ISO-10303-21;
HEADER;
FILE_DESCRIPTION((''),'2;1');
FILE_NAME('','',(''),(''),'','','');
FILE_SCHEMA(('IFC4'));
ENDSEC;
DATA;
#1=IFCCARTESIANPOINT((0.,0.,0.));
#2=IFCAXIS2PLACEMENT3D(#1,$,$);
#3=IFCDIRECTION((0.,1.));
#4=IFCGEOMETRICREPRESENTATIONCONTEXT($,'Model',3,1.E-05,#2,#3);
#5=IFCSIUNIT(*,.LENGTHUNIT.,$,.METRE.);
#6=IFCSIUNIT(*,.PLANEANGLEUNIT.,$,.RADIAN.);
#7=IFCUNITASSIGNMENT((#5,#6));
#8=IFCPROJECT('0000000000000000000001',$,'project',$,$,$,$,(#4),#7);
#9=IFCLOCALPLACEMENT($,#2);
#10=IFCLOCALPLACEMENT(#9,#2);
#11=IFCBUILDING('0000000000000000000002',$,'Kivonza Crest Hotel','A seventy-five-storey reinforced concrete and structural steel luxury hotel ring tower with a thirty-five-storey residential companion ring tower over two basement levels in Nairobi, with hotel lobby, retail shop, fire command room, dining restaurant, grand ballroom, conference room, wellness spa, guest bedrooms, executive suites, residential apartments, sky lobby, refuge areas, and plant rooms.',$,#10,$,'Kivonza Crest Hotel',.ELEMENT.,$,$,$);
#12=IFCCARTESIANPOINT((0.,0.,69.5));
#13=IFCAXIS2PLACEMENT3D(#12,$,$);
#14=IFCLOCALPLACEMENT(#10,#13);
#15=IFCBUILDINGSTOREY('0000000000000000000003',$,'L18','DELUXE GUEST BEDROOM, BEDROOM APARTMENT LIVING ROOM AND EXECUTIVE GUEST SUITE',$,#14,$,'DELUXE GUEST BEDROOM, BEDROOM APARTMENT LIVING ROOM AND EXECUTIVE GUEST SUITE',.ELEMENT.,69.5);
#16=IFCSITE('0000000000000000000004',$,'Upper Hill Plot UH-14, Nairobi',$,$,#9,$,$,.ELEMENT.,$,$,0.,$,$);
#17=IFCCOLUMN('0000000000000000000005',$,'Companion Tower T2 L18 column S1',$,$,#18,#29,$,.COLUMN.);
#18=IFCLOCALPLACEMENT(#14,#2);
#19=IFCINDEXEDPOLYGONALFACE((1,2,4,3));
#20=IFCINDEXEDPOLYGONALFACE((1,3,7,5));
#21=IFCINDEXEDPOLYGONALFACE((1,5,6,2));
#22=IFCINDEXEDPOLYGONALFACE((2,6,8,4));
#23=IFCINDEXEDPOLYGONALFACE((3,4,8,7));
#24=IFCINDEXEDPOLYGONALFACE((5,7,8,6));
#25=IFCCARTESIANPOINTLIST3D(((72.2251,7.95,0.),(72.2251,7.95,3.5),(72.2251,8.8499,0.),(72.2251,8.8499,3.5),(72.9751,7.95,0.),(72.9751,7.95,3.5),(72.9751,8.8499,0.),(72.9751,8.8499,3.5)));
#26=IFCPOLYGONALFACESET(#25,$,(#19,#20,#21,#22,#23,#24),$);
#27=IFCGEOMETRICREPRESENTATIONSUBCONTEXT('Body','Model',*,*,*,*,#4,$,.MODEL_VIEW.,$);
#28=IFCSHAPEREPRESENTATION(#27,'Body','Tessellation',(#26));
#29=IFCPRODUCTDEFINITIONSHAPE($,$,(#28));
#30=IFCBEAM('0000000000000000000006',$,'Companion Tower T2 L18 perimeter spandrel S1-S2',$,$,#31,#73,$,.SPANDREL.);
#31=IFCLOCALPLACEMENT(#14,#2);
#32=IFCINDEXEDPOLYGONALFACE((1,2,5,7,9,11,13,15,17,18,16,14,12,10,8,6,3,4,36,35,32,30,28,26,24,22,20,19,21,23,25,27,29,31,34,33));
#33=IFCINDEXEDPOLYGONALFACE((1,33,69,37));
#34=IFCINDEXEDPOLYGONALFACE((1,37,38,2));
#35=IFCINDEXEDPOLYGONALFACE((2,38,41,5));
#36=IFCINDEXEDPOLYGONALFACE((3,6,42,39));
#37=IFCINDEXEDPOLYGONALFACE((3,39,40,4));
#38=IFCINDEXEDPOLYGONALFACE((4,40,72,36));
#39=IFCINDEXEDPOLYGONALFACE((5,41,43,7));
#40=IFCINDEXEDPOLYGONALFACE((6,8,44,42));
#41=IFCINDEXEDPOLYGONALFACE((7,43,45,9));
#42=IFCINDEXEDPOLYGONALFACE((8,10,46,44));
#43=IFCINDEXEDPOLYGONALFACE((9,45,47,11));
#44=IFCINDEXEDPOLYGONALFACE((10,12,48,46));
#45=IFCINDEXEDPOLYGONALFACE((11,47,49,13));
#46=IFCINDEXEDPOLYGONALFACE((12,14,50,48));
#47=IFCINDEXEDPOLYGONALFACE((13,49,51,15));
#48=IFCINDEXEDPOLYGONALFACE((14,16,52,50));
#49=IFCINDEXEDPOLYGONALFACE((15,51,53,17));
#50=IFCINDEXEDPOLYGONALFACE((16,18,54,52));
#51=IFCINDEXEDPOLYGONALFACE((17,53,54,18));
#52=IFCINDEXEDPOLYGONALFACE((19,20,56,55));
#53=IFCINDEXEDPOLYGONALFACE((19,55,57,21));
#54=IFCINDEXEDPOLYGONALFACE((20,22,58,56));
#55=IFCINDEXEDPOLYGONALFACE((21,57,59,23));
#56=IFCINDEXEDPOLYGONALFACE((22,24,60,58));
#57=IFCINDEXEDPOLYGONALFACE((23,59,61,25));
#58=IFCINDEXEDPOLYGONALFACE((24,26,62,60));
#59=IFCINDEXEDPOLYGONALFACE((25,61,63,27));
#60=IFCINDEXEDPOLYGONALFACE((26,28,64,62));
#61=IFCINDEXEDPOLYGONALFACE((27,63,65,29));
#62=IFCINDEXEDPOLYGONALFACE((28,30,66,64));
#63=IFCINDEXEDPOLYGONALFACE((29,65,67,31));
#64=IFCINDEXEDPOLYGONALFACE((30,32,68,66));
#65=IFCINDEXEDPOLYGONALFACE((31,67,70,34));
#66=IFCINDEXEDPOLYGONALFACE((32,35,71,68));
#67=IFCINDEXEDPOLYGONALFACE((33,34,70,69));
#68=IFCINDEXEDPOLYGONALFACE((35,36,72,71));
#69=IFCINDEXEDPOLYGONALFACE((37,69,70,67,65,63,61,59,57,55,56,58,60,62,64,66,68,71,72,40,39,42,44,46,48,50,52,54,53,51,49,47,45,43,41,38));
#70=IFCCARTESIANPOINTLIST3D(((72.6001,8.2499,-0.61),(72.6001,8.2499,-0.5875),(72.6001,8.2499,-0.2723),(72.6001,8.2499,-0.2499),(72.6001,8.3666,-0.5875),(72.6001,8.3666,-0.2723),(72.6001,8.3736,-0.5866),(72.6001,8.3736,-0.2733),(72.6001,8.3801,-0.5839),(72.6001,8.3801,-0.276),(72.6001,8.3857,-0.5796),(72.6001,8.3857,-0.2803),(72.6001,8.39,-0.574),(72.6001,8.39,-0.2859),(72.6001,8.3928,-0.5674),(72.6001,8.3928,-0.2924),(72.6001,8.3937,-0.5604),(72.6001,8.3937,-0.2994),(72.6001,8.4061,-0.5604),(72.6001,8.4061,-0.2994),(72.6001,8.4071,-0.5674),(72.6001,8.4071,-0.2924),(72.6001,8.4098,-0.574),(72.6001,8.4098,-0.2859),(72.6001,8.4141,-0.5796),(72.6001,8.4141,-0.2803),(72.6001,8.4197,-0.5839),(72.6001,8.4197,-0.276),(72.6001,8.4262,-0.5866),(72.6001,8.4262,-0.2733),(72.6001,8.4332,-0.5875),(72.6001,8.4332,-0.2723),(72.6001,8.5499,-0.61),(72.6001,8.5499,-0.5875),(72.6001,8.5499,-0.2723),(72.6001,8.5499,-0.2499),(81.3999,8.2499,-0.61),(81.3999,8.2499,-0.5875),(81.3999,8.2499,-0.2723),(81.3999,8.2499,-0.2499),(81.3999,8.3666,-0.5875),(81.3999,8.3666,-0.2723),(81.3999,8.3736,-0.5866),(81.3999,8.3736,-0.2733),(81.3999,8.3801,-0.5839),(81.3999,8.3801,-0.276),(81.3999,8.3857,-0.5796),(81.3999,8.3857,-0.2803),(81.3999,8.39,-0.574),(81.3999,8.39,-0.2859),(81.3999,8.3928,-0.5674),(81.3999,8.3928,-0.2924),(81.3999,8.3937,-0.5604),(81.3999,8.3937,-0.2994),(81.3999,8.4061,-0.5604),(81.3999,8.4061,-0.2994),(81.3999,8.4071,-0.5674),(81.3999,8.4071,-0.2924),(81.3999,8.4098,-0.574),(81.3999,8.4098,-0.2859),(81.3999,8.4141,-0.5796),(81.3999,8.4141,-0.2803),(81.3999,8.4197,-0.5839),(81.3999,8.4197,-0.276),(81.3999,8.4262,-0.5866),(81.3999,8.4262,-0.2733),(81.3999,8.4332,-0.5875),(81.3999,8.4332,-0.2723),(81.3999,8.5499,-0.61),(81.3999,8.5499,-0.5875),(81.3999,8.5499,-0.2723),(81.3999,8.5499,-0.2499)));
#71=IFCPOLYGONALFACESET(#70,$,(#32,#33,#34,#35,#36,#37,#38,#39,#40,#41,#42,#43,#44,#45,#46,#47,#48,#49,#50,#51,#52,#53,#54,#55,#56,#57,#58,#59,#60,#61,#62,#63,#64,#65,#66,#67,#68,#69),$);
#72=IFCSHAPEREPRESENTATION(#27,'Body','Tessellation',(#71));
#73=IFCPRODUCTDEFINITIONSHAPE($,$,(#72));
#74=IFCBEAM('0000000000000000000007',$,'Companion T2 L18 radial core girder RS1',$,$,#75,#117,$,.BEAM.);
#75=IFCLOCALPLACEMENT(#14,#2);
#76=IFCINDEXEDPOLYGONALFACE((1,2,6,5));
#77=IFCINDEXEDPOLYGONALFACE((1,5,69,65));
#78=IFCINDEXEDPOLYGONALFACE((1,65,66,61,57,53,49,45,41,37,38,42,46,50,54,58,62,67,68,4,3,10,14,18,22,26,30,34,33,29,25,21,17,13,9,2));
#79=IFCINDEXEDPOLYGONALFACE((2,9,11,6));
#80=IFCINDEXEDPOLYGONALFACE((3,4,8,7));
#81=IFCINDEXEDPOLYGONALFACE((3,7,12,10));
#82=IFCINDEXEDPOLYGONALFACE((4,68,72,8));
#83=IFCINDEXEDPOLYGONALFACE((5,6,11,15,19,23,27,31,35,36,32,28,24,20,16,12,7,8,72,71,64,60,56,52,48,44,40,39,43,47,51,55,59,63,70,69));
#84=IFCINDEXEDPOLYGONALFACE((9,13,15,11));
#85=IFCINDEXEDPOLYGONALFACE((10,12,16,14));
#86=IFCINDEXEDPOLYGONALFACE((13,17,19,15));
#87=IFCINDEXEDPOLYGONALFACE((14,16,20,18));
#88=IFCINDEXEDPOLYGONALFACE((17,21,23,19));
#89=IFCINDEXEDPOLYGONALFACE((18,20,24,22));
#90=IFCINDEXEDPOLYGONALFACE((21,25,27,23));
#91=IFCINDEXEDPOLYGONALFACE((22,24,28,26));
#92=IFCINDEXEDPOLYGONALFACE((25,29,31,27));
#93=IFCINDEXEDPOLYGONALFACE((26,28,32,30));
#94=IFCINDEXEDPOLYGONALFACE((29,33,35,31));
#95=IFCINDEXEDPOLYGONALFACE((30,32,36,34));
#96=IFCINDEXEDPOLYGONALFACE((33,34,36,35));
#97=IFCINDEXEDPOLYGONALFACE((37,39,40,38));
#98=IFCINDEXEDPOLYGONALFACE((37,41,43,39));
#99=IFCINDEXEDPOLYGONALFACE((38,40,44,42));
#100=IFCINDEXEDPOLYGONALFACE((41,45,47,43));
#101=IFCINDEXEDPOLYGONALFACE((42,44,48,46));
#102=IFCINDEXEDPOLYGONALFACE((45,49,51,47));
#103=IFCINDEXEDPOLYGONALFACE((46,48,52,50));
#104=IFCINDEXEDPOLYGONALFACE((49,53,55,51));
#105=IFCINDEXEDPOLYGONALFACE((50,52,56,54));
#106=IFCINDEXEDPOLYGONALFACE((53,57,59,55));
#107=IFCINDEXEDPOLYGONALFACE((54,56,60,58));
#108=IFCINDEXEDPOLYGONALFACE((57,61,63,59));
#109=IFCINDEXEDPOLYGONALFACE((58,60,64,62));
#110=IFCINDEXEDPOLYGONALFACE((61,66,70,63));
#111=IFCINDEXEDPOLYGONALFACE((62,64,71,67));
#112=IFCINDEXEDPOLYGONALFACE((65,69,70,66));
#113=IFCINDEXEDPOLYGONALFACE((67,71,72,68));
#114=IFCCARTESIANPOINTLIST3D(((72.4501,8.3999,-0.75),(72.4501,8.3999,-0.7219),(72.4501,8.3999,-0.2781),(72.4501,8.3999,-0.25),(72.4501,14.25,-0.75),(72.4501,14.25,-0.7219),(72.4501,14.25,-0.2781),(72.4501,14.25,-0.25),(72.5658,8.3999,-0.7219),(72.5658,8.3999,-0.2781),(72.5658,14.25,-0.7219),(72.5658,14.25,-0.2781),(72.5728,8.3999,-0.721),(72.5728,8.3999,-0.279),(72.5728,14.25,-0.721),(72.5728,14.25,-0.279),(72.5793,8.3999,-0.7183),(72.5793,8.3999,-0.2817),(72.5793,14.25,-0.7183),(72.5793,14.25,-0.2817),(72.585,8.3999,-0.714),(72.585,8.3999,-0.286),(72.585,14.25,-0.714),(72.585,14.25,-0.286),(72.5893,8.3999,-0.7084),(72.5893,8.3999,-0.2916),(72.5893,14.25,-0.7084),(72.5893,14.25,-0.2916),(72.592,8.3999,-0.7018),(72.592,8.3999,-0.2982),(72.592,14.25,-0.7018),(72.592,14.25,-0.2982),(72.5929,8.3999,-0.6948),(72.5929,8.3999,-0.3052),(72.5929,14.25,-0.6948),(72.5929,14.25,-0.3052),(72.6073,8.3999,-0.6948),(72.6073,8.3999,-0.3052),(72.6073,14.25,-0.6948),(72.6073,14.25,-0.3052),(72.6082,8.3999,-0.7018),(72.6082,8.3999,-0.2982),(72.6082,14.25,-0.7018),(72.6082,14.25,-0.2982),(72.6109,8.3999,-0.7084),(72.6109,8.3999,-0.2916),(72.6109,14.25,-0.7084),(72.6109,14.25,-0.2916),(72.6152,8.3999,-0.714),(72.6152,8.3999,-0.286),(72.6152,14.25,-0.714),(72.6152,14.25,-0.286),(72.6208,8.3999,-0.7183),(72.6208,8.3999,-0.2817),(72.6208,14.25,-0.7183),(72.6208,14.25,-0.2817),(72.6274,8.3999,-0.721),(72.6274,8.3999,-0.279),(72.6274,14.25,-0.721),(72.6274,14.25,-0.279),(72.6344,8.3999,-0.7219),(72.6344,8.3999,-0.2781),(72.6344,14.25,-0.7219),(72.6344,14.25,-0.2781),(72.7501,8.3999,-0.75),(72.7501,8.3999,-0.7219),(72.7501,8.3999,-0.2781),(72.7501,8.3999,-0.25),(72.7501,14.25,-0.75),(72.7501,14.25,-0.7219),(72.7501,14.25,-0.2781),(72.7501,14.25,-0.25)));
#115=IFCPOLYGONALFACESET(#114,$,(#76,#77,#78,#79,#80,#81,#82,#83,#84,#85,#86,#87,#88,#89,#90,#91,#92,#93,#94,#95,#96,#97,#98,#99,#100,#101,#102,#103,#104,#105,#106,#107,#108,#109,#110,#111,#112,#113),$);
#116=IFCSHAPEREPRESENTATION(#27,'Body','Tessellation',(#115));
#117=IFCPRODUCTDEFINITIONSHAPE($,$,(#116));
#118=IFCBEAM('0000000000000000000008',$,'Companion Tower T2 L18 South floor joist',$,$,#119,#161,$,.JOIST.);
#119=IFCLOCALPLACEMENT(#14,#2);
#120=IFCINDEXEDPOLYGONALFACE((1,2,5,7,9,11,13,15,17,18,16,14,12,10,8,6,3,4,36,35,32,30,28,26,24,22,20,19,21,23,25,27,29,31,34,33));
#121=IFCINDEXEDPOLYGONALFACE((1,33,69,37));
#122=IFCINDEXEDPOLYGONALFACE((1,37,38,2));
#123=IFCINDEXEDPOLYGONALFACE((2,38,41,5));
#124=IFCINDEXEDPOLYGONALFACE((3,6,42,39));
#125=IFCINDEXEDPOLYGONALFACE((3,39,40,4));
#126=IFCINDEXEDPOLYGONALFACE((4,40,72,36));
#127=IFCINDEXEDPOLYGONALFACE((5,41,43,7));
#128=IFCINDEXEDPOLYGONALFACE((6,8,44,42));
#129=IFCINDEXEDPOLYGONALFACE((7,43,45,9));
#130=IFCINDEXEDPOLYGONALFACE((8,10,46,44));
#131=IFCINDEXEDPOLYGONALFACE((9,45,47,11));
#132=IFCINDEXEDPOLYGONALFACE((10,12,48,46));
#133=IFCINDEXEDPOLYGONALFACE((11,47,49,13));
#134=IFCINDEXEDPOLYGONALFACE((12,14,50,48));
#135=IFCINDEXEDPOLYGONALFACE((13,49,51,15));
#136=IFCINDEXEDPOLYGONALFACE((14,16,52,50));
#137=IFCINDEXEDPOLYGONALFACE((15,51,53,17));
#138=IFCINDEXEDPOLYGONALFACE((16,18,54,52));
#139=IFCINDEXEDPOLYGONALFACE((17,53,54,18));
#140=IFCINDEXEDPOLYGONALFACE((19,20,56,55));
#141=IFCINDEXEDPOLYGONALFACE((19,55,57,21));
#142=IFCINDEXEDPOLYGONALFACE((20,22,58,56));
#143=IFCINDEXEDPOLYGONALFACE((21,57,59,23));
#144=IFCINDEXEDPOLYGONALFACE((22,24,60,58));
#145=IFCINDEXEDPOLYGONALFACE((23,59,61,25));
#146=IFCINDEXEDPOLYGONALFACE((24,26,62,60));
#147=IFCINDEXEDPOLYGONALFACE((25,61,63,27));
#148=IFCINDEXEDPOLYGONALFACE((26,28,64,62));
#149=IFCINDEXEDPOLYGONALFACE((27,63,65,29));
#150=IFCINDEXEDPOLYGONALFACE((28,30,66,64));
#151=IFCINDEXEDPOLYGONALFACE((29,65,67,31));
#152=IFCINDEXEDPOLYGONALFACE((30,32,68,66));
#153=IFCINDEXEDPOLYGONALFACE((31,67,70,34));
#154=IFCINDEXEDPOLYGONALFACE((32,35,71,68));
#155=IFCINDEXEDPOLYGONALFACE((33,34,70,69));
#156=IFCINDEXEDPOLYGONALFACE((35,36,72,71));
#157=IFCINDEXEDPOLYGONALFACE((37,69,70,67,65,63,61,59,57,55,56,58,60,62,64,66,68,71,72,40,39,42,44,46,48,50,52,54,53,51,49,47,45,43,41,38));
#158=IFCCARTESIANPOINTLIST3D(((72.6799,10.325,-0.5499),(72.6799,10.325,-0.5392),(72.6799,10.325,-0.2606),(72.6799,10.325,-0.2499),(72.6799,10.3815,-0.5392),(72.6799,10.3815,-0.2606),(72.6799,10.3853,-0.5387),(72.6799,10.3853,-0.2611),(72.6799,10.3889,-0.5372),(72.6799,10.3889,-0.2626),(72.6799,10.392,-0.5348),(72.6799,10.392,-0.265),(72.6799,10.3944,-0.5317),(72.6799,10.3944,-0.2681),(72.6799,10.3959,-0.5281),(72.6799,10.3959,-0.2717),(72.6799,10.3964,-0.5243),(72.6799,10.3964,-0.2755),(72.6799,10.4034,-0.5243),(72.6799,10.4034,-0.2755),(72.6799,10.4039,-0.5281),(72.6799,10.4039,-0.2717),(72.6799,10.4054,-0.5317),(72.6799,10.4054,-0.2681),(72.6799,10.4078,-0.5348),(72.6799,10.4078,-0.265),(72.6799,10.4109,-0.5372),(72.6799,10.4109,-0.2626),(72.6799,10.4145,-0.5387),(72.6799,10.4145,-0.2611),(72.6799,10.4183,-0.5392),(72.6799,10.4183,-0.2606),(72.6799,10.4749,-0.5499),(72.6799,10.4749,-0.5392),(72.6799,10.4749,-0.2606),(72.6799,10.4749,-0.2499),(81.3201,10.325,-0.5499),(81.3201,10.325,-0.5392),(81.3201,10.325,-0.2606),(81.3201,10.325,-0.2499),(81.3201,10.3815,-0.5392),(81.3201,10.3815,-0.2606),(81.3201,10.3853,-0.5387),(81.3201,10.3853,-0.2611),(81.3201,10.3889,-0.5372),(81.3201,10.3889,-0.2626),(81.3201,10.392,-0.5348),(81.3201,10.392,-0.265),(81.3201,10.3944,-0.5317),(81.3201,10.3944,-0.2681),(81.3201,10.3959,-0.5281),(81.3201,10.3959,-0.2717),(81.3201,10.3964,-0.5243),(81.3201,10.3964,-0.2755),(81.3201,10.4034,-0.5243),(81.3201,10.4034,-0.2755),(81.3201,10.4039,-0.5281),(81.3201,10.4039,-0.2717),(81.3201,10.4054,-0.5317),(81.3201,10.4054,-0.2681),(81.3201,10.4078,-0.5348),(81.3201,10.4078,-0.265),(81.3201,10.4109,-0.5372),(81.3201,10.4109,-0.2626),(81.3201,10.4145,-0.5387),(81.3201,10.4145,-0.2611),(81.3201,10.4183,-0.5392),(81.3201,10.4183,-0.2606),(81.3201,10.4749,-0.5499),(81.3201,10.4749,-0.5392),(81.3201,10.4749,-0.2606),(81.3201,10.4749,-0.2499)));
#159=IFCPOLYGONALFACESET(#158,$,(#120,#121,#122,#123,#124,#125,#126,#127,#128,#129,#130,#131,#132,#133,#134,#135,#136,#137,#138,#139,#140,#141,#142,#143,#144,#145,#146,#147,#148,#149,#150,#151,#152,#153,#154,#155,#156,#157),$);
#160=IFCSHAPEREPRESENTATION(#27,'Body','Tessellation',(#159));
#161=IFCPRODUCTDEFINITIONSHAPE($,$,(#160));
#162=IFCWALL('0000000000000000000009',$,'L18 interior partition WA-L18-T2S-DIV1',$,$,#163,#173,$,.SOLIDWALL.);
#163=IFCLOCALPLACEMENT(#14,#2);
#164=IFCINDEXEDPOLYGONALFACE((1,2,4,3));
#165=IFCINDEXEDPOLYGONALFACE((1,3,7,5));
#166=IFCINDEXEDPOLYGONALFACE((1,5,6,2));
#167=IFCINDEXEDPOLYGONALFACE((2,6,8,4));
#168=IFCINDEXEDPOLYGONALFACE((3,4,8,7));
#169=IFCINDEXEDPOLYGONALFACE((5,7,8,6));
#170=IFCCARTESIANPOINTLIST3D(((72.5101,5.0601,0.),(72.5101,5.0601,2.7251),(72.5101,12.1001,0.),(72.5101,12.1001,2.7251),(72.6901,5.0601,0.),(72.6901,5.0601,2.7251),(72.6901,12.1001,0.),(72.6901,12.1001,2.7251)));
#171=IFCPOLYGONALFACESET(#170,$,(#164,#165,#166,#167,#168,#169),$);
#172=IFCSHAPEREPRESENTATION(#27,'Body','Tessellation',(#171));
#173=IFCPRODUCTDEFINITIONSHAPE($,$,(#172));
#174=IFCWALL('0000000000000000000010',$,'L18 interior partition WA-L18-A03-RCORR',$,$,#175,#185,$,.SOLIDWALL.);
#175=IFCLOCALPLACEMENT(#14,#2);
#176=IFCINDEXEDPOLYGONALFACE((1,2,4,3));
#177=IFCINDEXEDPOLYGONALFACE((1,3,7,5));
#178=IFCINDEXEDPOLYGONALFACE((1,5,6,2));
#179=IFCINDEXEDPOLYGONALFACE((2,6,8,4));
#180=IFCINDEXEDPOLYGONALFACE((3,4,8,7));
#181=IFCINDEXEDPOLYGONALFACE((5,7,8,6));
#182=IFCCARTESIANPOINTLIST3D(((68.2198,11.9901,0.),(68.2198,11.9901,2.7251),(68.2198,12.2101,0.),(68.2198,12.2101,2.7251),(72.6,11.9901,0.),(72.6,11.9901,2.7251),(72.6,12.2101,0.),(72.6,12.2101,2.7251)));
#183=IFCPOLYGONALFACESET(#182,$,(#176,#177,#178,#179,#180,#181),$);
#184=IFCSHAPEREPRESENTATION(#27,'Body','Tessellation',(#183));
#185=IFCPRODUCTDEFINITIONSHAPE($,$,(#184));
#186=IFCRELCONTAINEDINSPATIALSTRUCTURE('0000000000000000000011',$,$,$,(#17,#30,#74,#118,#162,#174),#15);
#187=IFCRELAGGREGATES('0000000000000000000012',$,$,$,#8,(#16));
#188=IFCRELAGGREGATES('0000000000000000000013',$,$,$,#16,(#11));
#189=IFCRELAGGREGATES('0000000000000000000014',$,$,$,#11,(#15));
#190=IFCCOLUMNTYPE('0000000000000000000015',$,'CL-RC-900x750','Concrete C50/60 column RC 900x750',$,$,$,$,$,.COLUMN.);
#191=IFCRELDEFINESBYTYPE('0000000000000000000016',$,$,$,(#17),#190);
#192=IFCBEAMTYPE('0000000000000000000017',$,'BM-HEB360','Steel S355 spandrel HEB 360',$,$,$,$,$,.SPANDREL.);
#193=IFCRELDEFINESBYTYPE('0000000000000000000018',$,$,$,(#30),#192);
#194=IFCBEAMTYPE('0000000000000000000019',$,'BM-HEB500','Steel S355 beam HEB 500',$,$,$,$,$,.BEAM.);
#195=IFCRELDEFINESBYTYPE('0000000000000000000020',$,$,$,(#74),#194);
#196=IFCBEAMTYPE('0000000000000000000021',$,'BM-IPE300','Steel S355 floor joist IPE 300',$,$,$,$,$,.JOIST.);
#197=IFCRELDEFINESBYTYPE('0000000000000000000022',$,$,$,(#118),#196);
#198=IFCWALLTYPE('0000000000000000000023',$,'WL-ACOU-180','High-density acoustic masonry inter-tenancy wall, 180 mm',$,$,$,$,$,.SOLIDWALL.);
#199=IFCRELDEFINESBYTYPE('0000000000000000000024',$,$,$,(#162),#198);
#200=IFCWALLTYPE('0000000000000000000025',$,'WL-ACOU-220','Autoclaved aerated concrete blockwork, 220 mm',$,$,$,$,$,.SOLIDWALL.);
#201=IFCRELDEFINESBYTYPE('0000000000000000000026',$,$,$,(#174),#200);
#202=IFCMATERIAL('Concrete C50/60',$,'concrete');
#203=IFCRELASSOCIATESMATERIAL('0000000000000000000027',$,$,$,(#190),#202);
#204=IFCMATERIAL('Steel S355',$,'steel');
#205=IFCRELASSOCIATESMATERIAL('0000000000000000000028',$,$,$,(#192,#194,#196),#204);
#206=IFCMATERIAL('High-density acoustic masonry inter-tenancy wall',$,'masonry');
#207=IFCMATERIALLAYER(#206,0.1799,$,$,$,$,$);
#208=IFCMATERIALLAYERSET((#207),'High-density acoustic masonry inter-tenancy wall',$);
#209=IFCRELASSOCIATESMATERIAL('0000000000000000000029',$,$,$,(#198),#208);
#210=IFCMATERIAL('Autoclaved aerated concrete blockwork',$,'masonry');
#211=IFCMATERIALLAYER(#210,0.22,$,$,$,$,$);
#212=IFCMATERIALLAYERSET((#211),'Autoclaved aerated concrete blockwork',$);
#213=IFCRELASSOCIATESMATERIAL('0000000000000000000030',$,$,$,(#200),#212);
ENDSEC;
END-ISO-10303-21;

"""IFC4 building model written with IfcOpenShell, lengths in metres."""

from ifc_helpers import new_model, si_unit, direction, frame, frame_2d, origin, origin_2d, place, context, subcontext, project, spatial, rectangle, i_section, extrude, material, layer, layer_set, material_profile, profile_set, type_object, element, save


model = new_model("IFC4")

# Units and contexts
model_context = context("Model", 3, precision=1e-05, world=origin(), true_north=direction((0.0, 1.0)))
body_context = subcontext(model_context, "Body", "Model", "MODEL_VIEW")
ifc_project = project(units=[si_unit("LENGTHUNIT", "METRE"), si_unit("PLANEANGLEUNIT", "RADIAN")], contexts=[model_context])

# Site, building, storey
site_placement = place(None, origin())
site = spatial("IfcSite", under=ifc_project, at=site_placement, Name="Upper Hill Plot UH-14, Nairobi", CompositionType="ELEMENT", RefElevation=0.0)
building_placement = place(site_placement, origin())
building = spatial("IfcBuilding", under=site, at=building_placement, Name="Kivonza Crest Hotel", Description="A seventy-five-storey reinforced concrete and structural steel luxury hotel ring tower with a thirty-five-storey residential companion ring tower over two basement levels in Nairobi, with hotel lobby, retail shop, fire command room, dining restaurant, grand ballroom, conference room, wellness spa, guest bedrooms, executive suites, residential apartments, sky lobby, refuge areas, and plant rooms.", LongName="Kivonza Crest Hotel", CompositionType="ELEMENT")
storey_placement = place(building_placement, frame((0.0, 0.0, 69.5)))
storey = spatial("IfcBuildingStorey", under=building, at=storey_placement, Name="L18", Description="DELUXE GUEST BEDROOM, BEDROOM APARTMENT LIVING ROOM AND EXECUTIVE GUEST SUITE", LongName="DELUXE GUEST BEDROOM, BEDROOM APARTMENT LIVING ROOM AND EXECUTIVE GUEST SUITE", CompositionType="ELEMENT", Elevation=69.5)

# Column
ifc_material_1 = material(Name="Concrete C50/60", Category="concrete")
ifc_material_profile_1 = material_profile(ifc_material_1, rectangle(XDim=0.75, YDim=0.8999, at=origin_2d()), Name="RC 900x750")
ifc_profile_set_1 = profile_set([ifc_material_profile_1], Name="Concrete C50/60")
column_type = type_object("IfcColumnType", Name="CL-RC-900x750", Description="Concrete C50/60 column RC 900x750", PredefinedType="COLUMN", material=ifc_profile_set_1)
column_placement = place(storey_placement, frame((72.6001, 8.3999, 0.0), z_axis=(0.0, 0.0, 1.0), x_axis=(1.0, 0.0, 0.0)))
element("IfcColumn", 1, at=column_placement, inside=storey, type_object=column_type, Name="Companion Tower T2 L18 column S1", PredefinedType="COLUMN", context=body_context, shape_type="SweptSolid", body=[
    extrude(rectangle(XDim=0.75, YDim=0.8999, at=origin_2d()), origin(), (0.0, 0.0, 1.0), 3.5),
])

# Beams
ifc_material_2 = material(Name="Steel S355", Category="steel")
ifc_material_profile_2 = material_profile(ifc_material_2, i_section(OverallWidth=0.3, OverallDepth=0.3601, WebThickness=0.0125, FlangeThickness=0.0225, FilletRadius=0.0271, at=origin_2d()), Name="HEB 360")
ifc_profile_set_2 = profile_set([ifc_material_profile_2], Name="Steel S355")
beam_type_1 = type_object("IfcBeamType", Name="BM-HEB360", Description="Steel S355 spandrel HEB 360", PredefinedType="SPANDREL", material=ifc_profile_set_2)
beam_1_placement = place(storey_placement, frame((72.6001, 8.3999, -0.4299), z_axis=(1.0, 0.0, 0.0), x_axis=(0.0, 1.0, 0.0)))
element("IfcBeam", 2, at=beam_1_placement, inside=storey, type_object=beam_type_1, Name="Companion Tower T2 L18 perimeter spandrel S1-S2", PredefinedType="SPANDREL", context=body_context, shape_type="SweptSolid", body=[
    extrude(i_section(OverallWidth=0.3, OverallDepth=0.3601, WebThickness=0.0125, FlangeThickness=0.0225, FilletRadius=0.0271, at=origin_2d()), origin(), (0.0, 0.0, 1.0), 8.7998),
])
ifc_material_profile_3 = material_profile(ifc_material_2, i_section(OverallWidth=0.3, OverallDepth=0.5, WebThickness=0.0144, FlangeThickness=0.0281, FilletRadius=0.0271, at=origin_2d()), Name="HEB 500")
ifc_profile_set_3 = profile_set([ifc_material_profile_3], Name="Steel S355")
beam_type_2 = type_object("IfcBeamType", Name="BM-HEB500", Description="Steel S355 beam HEB 500", PredefinedType="BEAM", material=ifc_profile_set_3)
beam_2_placement = place(storey_placement, frame((72.6001, 8.3999, -0.5), z_axis=(0.0, 1.0, 0.0), x_axis=(-1.0, 0.0, 0.0)))
element("IfcBeam", 3, at=beam_2_placement, inside=storey, type_object=beam_type_2, Name="Companion T2 L18 radial core girder RS1", PredefinedType="BEAM", context=body_context, shape_type="SweptSolid", body=[
    extrude(i_section(OverallWidth=0.3, OverallDepth=0.5, WebThickness=0.0144, FlangeThickness=0.0281, FilletRadius=0.0271, at=origin_2d()), origin(), (0.0, 0.0, 1.0), 5.8501),
])
ifc_material_profile_4 = material_profile(ifc_material_2, i_section(OverallWidth=0.1499, OverallDepth=0.3, WebThickness=0.0071, FlangeThickness=0.0107, FilletRadius=0.0149, at=origin_2d()), Name="IPE 300")
ifc_profile_set_4 = profile_set([ifc_material_profile_4], Name="Steel S355")
beam_type_3 = type_object("IfcBeamType", Name="BM-IPE300", Description="Steel S355 floor joist IPE 300", PredefinedType="JOIST", material=ifc_profile_set_4)
beam_3_placement = place(storey_placement, frame((72.6799, 10.3999, -0.3999), z_axis=(1.0, 0.0, 0.0), x_axis=(0.0, 1.0, 0.0)))
element("IfcBeam", 4, at=beam_3_placement, inside=storey, type_object=beam_type_3, Name="Companion Tower T2 L18 South floor joist", PredefinedType="JOIST", context=body_context, shape_type="SweptSolid", body=[
    extrude(i_section(OverallWidth=0.1499, OverallDepth=0.3, WebThickness=0.0071, FlangeThickness=0.0107, FilletRadius=0.0149, at=origin_2d()), origin(), (0.0, 0.0, 1.0), 8.6401),
])

# Walls
ifc_material_3 = material(Name="High-density acoustic masonry inter-tenancy wall", Category="masonry")
ifc_layer_1 = layer(ifc_material_3, 0.1799)
ifc_layer_set_1 = layer_set([ifc_layer_1], Name="High-density acoustic masonry inter-tenancy wall")
wall_type_1 = type_object("IfcWallType", Name="WL-ACOU-180", Description="High-density acoustic masonry inter-tenancy wall, 180 mm", PredefinedType="SOLIDWALL", material=ifc_layer_set_1)
wall_1_placement = place(storey_placement, frame((72.6001, 5.0601, 0.0), z_axis=(0.0, 0.0, 1.0), x_axis=(0.0, 1.0, 0.0)))
element("IfcWall", 5, at=wall_1_placement, inside=storey, type_object=wall_type_1, Name="L18 interior partition WA-L18-T2S-DIV1", PredefinedType="SOLIDWALL", context=body_context, shape_type="SweptSolid", body=[
    extrude(rectangle(XDim=7.04, YDim=0.1799, at=frame_2d((3.52, 0.0))), origin(), (0.0, 0.0, 1.0), 2.7251),
])
ifc_material_4 = material(Name="Autoclaved aerated concrete blockwork", Category="masonry")
ifc_layer_2 = layer(ifc_material_4, 0.22)
ifc_layer_set_2 = layer_set([ifc_layer_2], Name="Autoclaved aerated concrete blockwork")
wall_type_2 = type_object("IfcWallType", Name="WL-ACOU-220", Description="Autoclaved aerated concrete blockwork, 220 mm", PredefinedType="SOLIDWALL", material=ifc_layer_set_2)
wall_2_placement = place(storey_placement, frame((68.22, 12.1001, 0.0), z_axis=(0.0, 0.0, 1.0), x_axis=(1.0, 0.0, 0.0)))
element("IfcWall", 6, at=wall_2_placement, inside=storey, type_object=wall_type_2, Name="L18 interior partition WA-L18-A03-RCORR", PredefinedType="SOLIDWALL", context=body_context, shape_type="SweptSolid", body=[
    extrude(rectangle(XDim=4.3801, YDim=0.22, at=frame_2d((2.1899, 0.0))), origin(), (0.0, 0.0, 1.0), 2.7251),
])

save(model, "model.ifc")
